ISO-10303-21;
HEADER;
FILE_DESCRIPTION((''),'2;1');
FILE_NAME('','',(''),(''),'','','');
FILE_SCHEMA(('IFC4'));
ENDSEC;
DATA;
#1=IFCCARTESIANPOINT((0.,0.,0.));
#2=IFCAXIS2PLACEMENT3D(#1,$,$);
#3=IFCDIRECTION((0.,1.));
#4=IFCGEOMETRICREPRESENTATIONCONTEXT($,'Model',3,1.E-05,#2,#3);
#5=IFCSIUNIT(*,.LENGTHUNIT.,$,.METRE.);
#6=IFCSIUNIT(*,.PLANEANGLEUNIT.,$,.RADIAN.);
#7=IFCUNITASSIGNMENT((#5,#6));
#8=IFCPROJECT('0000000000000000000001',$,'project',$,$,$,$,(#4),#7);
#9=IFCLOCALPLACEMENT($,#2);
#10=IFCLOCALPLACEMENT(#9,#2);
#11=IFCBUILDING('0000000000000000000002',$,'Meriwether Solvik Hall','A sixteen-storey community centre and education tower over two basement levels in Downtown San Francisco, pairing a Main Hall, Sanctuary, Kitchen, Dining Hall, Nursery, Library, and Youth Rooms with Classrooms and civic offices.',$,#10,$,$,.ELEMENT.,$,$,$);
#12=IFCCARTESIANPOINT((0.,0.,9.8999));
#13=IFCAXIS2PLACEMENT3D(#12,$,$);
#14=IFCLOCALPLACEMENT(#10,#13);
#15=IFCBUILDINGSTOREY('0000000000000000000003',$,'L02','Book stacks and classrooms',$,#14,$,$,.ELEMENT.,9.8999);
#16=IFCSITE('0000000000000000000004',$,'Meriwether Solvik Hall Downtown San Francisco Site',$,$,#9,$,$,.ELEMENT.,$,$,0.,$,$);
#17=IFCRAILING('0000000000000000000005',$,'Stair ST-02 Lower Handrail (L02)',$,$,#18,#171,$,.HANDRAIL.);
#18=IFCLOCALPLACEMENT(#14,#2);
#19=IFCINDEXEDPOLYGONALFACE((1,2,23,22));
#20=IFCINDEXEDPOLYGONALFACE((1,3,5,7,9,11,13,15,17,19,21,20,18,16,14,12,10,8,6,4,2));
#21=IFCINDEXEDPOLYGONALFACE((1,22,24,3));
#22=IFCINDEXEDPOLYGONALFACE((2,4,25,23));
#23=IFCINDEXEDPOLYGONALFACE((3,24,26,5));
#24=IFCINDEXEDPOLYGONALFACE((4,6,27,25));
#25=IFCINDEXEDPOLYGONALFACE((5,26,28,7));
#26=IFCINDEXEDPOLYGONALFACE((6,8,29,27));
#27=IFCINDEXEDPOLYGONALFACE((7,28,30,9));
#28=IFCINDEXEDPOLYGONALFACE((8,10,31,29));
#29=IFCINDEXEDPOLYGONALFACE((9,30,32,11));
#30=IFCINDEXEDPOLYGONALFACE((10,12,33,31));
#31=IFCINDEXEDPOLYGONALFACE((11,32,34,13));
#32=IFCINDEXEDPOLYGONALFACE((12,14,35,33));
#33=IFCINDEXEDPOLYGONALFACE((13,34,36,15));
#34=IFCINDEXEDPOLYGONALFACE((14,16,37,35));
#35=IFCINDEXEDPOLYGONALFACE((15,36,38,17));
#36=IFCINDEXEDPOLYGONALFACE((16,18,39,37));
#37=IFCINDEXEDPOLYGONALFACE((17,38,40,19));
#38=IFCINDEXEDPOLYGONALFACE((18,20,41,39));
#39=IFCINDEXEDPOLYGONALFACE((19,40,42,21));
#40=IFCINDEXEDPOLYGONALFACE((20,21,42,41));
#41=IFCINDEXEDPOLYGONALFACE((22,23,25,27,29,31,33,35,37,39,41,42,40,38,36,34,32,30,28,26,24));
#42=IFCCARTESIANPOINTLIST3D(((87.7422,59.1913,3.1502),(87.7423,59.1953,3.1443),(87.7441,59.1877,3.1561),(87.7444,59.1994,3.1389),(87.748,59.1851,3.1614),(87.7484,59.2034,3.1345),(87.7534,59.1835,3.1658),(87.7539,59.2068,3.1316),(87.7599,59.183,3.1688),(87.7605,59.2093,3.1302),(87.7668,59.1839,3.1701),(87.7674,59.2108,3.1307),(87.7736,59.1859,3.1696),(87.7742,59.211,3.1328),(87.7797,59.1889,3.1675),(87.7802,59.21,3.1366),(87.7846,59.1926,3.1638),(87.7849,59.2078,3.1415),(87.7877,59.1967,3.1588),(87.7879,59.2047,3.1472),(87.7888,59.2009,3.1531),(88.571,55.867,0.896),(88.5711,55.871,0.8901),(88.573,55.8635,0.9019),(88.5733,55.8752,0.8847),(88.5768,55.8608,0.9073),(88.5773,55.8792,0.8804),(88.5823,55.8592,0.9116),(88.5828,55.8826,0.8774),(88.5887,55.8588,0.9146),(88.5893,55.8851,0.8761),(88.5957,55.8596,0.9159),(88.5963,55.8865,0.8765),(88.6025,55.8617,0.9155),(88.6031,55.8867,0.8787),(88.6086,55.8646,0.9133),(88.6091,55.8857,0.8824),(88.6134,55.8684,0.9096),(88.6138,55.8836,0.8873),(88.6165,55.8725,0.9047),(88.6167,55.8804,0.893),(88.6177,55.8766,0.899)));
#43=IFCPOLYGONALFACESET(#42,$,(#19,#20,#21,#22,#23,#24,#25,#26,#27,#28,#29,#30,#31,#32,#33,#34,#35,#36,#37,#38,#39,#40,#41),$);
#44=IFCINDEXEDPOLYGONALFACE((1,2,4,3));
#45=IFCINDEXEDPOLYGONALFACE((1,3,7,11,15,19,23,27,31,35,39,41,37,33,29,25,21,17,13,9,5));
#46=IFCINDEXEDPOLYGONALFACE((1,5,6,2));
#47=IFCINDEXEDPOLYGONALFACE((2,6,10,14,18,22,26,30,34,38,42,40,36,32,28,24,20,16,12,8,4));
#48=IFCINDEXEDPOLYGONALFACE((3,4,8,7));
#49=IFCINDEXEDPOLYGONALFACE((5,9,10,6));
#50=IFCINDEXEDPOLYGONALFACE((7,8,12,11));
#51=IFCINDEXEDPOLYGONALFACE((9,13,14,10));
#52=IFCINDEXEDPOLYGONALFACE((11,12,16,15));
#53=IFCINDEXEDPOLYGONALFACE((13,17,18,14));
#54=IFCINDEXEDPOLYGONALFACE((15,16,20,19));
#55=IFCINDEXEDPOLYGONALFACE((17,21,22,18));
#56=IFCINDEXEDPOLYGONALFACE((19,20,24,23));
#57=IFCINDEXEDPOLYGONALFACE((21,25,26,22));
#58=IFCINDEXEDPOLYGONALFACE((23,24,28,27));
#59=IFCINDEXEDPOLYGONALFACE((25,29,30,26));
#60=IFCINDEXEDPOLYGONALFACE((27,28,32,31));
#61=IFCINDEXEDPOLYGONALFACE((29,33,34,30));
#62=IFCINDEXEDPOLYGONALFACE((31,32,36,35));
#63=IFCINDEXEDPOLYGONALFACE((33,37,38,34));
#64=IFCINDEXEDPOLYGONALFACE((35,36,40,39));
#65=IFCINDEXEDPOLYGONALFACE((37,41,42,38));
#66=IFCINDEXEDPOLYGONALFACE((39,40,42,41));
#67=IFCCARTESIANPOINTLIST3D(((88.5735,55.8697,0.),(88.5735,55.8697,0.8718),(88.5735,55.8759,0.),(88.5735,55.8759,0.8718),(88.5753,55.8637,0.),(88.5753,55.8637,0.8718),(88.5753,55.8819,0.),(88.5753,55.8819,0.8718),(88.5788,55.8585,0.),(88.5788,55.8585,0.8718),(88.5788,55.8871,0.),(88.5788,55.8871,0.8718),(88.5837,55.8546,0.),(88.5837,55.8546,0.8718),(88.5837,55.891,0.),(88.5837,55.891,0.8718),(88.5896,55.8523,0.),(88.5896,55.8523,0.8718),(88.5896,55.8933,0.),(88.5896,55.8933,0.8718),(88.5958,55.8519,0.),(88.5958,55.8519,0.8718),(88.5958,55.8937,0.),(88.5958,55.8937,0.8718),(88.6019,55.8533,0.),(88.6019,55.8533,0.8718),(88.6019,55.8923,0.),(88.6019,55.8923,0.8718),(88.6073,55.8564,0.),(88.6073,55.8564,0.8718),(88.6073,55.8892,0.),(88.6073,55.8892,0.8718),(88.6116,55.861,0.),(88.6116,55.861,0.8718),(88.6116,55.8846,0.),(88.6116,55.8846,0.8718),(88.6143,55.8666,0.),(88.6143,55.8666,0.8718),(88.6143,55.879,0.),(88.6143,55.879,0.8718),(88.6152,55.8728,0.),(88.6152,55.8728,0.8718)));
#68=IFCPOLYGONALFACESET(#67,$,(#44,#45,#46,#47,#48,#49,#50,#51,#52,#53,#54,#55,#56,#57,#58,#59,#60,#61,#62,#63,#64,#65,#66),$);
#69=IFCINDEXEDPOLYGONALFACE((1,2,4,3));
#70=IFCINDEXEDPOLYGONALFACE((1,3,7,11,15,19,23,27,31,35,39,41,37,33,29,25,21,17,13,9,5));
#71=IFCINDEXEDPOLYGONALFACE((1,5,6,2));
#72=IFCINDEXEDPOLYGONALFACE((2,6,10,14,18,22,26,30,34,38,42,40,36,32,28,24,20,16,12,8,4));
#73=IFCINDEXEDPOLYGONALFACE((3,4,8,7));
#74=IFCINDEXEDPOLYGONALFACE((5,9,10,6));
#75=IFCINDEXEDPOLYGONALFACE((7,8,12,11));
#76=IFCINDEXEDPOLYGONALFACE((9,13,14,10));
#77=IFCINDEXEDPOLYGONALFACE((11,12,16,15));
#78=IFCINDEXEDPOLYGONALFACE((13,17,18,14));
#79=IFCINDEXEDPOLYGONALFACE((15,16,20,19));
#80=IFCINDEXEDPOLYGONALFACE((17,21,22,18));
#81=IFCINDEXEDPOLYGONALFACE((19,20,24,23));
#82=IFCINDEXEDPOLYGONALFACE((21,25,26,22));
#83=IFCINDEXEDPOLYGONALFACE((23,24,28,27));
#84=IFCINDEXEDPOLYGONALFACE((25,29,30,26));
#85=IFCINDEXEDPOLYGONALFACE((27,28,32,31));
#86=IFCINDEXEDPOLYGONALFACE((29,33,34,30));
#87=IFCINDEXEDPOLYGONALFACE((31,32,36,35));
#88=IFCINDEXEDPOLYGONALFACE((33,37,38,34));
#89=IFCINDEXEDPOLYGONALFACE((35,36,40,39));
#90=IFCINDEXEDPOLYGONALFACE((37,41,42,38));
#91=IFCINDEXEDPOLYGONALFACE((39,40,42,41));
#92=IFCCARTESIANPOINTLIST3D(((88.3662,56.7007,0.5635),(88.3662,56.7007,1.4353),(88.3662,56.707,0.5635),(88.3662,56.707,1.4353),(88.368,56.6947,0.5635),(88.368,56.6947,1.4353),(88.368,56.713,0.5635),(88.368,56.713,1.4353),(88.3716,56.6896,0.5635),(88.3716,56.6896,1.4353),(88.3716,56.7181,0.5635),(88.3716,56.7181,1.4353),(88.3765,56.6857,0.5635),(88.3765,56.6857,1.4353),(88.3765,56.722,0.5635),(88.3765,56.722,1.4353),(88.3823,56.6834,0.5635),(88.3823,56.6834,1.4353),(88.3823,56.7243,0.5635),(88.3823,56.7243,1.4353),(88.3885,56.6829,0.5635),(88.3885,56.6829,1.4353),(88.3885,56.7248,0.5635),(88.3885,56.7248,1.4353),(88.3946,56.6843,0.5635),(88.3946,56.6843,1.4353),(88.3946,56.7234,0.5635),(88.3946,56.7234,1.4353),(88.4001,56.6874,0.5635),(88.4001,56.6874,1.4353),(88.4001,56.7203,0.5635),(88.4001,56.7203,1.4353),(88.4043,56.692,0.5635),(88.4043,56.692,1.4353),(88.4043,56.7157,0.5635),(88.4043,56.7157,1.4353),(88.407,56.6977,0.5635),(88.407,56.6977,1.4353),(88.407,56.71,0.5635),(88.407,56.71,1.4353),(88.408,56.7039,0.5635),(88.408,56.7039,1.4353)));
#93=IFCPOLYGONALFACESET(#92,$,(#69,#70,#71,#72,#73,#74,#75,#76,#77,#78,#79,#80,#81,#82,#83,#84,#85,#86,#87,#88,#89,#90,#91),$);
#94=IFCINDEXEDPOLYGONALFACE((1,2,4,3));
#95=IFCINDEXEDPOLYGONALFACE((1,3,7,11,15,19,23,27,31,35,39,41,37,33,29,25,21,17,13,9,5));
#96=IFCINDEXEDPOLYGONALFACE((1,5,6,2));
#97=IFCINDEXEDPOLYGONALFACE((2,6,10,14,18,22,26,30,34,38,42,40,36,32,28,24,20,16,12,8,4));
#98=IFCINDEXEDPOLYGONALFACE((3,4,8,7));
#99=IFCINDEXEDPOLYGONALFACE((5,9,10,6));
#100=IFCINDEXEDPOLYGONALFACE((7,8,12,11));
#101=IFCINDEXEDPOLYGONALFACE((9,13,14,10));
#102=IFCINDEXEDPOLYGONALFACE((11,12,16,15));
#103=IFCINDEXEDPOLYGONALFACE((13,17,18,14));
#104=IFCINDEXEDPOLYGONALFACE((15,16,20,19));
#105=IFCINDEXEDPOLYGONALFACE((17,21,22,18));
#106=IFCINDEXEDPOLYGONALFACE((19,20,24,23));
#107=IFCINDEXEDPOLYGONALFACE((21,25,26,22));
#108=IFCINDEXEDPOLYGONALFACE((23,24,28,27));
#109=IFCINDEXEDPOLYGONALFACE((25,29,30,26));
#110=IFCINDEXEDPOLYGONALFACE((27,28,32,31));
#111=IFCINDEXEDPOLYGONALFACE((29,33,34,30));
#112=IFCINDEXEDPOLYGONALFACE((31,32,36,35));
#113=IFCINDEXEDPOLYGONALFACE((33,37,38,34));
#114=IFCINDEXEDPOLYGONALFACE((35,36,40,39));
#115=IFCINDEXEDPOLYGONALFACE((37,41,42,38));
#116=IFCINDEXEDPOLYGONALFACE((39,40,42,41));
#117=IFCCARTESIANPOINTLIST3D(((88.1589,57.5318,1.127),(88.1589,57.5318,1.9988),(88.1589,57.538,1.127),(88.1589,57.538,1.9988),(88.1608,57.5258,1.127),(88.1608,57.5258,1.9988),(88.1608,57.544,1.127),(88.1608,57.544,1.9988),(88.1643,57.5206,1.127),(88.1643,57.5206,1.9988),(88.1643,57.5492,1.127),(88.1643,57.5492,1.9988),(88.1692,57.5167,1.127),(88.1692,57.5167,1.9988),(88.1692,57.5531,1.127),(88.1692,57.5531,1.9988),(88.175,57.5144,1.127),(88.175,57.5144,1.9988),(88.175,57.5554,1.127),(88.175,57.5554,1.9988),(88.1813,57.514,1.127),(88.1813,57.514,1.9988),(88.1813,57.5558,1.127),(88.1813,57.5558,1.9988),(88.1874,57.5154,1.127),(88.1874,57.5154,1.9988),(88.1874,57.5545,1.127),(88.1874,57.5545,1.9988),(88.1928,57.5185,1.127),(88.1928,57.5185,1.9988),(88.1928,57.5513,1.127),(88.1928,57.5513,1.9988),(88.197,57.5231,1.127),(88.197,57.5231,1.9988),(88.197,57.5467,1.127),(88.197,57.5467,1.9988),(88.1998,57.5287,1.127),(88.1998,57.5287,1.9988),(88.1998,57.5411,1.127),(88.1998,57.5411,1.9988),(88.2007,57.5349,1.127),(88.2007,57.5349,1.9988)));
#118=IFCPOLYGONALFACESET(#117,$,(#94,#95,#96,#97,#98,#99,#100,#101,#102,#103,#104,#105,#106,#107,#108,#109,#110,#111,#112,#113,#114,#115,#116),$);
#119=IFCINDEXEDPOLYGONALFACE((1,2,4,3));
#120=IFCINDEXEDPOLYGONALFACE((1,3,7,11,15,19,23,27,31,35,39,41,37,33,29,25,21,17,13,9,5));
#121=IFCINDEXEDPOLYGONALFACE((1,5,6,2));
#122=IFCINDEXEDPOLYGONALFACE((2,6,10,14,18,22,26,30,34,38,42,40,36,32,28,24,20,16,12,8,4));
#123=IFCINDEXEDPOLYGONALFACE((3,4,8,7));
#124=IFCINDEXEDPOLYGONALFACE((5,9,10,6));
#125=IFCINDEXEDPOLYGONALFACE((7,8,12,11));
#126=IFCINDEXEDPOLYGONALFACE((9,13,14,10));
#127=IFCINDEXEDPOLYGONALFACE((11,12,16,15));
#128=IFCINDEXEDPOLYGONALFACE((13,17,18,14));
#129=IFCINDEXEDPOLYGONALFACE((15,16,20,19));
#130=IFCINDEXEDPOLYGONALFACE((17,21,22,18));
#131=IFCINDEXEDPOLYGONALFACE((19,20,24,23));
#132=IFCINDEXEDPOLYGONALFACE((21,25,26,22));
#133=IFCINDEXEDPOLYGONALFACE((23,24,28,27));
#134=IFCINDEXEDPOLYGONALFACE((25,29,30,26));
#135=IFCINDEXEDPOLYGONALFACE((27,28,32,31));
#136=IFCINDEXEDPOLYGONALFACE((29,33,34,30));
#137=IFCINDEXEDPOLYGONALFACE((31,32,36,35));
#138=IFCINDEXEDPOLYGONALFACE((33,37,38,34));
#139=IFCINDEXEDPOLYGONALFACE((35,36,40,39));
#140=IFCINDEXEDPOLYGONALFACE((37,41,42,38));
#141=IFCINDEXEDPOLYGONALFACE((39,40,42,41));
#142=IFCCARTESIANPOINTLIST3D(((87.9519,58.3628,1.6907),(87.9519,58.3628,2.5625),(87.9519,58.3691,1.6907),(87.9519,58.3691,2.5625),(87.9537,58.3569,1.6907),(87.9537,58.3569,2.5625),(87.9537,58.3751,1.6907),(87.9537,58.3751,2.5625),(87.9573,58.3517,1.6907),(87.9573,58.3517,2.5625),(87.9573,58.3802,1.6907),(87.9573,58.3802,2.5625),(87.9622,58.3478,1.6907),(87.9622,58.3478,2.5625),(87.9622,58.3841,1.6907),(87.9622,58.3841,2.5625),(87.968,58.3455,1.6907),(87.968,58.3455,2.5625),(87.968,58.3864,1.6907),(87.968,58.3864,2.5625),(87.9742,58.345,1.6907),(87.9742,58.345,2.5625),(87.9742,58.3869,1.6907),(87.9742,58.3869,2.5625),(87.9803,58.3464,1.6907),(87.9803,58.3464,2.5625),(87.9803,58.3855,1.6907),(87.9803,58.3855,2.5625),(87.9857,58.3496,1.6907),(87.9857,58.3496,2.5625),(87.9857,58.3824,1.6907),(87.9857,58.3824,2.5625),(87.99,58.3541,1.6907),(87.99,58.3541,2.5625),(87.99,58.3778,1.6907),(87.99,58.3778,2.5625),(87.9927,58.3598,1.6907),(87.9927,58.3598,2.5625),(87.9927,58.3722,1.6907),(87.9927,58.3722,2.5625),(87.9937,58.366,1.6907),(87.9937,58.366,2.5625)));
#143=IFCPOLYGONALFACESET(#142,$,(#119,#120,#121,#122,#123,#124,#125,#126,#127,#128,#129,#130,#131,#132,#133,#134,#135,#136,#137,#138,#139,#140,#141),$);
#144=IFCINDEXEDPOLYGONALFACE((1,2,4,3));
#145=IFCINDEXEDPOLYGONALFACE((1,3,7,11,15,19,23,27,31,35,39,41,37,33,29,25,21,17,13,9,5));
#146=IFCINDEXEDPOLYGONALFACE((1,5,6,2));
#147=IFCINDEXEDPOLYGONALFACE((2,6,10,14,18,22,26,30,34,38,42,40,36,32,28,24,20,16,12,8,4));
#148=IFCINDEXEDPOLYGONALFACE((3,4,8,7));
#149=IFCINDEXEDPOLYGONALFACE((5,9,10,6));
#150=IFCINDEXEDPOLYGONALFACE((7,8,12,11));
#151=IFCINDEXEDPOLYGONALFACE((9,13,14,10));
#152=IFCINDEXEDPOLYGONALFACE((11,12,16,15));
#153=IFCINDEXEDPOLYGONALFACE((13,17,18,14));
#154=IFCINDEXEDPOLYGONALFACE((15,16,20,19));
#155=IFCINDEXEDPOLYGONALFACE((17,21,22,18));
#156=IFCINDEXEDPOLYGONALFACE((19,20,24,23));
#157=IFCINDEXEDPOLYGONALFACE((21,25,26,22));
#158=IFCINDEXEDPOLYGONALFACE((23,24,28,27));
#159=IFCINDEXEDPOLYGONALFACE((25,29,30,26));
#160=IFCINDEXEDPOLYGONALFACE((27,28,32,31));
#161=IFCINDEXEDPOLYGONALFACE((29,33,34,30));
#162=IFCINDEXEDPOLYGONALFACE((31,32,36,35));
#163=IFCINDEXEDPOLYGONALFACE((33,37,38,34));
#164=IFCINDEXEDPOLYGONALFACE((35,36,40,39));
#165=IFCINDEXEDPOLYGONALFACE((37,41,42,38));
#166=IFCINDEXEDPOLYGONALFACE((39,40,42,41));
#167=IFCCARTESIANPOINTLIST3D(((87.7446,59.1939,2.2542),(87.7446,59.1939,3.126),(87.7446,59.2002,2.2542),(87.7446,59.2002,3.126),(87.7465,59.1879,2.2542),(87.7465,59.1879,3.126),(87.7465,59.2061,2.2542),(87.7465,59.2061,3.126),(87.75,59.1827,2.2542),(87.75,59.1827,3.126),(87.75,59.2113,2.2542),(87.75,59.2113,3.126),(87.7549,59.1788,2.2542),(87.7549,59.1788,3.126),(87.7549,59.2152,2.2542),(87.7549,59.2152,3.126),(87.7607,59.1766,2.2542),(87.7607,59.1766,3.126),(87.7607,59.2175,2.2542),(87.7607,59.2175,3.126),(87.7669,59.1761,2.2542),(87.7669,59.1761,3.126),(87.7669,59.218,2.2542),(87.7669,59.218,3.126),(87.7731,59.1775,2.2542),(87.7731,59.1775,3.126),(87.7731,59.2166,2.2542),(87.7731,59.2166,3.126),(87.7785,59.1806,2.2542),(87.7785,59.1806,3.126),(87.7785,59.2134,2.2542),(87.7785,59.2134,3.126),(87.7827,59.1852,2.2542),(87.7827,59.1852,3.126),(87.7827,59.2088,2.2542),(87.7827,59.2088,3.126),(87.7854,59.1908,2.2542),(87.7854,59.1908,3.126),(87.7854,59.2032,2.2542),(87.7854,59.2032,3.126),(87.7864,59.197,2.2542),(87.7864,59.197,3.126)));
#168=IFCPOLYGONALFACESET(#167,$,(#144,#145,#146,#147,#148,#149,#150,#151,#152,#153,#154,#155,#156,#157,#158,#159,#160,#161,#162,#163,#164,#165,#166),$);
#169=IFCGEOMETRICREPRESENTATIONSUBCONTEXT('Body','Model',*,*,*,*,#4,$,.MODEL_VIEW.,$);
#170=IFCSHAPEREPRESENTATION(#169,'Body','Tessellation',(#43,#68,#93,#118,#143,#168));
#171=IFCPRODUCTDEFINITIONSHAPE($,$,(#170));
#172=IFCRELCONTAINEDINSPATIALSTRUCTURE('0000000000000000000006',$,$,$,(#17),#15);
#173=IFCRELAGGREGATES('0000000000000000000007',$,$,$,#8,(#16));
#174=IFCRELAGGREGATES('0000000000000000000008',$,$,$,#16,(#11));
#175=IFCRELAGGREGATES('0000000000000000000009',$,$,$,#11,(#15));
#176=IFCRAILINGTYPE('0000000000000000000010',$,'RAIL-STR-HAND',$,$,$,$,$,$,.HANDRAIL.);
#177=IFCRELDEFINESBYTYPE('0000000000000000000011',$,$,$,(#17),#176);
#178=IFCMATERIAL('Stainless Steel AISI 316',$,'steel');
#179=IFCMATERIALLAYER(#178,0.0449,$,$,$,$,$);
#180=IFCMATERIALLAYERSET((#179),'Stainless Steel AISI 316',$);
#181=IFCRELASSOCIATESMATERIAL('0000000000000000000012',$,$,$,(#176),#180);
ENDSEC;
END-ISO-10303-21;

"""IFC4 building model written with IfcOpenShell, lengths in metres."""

from ifc_helpers import new_model, si_unit, direction, frame, origin, origin_2d, place, context, subcontext, project, spatial, circle, extrude, material, layer, layer_set, type_object, element, save


model = new_model("IFC4")

# Units and contexts
model_context = context("Model", 3, precision=1e-05, world=origin(), true_north=direction((0.0, 1.0)))
body_context = subcontext(model_context, "Body", "Model", "MODEL_VIEW")
ifc_project = project(units=[si_unit("LENGTHUNIT", "METRE"), si_unit("PLANEANGLEUNIT", "RADIAN")], contexts=[model_context])

# Site, building, storey
site_placement = place(None, origin())
site = spatial("IfcSite", under=ifc_project, at=site_placement, Name="Meriwether Solvik Hall Downtown San Francisco Site", CompositionType="ELEMENT", RefElevation=0.0)
building_placement = place(site_placement, origin())
building = spatial("IfcBuilding", under=site, at=building_placement, Name="Meriwether Solvik Hall", Description="A sixteen-storey community centre and education tower over two basement levels in Downtown San Francisco, pairing a Main Hall, Sanctuary, Kitchen, Dining Hall, Nursery, Library, and Youth Rooms with Classrooms and civic offices.", CompositionType="ELEMENT")
storey_placement = place(building_placement, frame((0.0, 0.0, 9.8999)))
storey = spatial("IfcBuildingStorey", under=building, at=storey_placement, Name="L02", Description="Book stacks and classrooms", CompositionType="ELEMENT", Elevation=9.8999)

# Railing
ifc_material_1 = material(Name="Stainless Steel AISI 316", Category="steel")
ifc_layer_1 = layer(ifc_material_1, 0.0449)
ifc_layer_set_1 = layer_set([ifc_layer_1], Name="Stainless Steel AISI 316")
railing_type_1 = type_object("IfcRailingType", Name="RAIL-STR-HAND", PredefinedType="HANDRAIL", material=ifc_layer_set_1)
railing_1_placement = place(storey_placement, frame((88.5942, 55.8728, 0.0)))
element("IfcRailing", 1, at=railing_1_placement, inside=storey, type_object=railing_type_1, Name="Stair ST-02 Lower Handrail (L02)", PredefinedType="HANDRAIL", context=body_context, shape_type="SweptSolid", body=[
    extrude(circle(Radius=0.0239, at=origin_2d()), frame((0.0, 0.0, 0.896), z_axis=(-0.202108, 0.810577, 0.549652), x_axis=(-0.970293, -0.241932, 0.0)), (0.0, 0.0, 1.0), 4.1011),
    extrude(circle(Radius=0.021, at=origin_2d()), origin(), (0.0, 0.0, 1.0), 0.8718),
    extrude(circle(Radius=0.021, at=origin_2d()), frame((-0.2073, 0.8311, 0.5635)), (0.0, 0.0, 1.0), 0.8718),
    extrude(circle(Radius=0.021, at=origin_2d()), frame((-0.4146, 1.6621, 1.127)), (0.0, 0.0, 1.0), 0.8718),
    extrude(circle(Radius=0.021, at=origin_2d()), frame((-0.6216, 2.4932, 1.6907)), (0.0, 0.0, 1.0), 0.8718),
    extrude(circle(Radius=0.021, at=origin_2d()), frame((-0.8289, 3.3242, 2.2542)), (0.0, 0.0, 1.0), 0.8718),
])

save(model, "model.ifc")
